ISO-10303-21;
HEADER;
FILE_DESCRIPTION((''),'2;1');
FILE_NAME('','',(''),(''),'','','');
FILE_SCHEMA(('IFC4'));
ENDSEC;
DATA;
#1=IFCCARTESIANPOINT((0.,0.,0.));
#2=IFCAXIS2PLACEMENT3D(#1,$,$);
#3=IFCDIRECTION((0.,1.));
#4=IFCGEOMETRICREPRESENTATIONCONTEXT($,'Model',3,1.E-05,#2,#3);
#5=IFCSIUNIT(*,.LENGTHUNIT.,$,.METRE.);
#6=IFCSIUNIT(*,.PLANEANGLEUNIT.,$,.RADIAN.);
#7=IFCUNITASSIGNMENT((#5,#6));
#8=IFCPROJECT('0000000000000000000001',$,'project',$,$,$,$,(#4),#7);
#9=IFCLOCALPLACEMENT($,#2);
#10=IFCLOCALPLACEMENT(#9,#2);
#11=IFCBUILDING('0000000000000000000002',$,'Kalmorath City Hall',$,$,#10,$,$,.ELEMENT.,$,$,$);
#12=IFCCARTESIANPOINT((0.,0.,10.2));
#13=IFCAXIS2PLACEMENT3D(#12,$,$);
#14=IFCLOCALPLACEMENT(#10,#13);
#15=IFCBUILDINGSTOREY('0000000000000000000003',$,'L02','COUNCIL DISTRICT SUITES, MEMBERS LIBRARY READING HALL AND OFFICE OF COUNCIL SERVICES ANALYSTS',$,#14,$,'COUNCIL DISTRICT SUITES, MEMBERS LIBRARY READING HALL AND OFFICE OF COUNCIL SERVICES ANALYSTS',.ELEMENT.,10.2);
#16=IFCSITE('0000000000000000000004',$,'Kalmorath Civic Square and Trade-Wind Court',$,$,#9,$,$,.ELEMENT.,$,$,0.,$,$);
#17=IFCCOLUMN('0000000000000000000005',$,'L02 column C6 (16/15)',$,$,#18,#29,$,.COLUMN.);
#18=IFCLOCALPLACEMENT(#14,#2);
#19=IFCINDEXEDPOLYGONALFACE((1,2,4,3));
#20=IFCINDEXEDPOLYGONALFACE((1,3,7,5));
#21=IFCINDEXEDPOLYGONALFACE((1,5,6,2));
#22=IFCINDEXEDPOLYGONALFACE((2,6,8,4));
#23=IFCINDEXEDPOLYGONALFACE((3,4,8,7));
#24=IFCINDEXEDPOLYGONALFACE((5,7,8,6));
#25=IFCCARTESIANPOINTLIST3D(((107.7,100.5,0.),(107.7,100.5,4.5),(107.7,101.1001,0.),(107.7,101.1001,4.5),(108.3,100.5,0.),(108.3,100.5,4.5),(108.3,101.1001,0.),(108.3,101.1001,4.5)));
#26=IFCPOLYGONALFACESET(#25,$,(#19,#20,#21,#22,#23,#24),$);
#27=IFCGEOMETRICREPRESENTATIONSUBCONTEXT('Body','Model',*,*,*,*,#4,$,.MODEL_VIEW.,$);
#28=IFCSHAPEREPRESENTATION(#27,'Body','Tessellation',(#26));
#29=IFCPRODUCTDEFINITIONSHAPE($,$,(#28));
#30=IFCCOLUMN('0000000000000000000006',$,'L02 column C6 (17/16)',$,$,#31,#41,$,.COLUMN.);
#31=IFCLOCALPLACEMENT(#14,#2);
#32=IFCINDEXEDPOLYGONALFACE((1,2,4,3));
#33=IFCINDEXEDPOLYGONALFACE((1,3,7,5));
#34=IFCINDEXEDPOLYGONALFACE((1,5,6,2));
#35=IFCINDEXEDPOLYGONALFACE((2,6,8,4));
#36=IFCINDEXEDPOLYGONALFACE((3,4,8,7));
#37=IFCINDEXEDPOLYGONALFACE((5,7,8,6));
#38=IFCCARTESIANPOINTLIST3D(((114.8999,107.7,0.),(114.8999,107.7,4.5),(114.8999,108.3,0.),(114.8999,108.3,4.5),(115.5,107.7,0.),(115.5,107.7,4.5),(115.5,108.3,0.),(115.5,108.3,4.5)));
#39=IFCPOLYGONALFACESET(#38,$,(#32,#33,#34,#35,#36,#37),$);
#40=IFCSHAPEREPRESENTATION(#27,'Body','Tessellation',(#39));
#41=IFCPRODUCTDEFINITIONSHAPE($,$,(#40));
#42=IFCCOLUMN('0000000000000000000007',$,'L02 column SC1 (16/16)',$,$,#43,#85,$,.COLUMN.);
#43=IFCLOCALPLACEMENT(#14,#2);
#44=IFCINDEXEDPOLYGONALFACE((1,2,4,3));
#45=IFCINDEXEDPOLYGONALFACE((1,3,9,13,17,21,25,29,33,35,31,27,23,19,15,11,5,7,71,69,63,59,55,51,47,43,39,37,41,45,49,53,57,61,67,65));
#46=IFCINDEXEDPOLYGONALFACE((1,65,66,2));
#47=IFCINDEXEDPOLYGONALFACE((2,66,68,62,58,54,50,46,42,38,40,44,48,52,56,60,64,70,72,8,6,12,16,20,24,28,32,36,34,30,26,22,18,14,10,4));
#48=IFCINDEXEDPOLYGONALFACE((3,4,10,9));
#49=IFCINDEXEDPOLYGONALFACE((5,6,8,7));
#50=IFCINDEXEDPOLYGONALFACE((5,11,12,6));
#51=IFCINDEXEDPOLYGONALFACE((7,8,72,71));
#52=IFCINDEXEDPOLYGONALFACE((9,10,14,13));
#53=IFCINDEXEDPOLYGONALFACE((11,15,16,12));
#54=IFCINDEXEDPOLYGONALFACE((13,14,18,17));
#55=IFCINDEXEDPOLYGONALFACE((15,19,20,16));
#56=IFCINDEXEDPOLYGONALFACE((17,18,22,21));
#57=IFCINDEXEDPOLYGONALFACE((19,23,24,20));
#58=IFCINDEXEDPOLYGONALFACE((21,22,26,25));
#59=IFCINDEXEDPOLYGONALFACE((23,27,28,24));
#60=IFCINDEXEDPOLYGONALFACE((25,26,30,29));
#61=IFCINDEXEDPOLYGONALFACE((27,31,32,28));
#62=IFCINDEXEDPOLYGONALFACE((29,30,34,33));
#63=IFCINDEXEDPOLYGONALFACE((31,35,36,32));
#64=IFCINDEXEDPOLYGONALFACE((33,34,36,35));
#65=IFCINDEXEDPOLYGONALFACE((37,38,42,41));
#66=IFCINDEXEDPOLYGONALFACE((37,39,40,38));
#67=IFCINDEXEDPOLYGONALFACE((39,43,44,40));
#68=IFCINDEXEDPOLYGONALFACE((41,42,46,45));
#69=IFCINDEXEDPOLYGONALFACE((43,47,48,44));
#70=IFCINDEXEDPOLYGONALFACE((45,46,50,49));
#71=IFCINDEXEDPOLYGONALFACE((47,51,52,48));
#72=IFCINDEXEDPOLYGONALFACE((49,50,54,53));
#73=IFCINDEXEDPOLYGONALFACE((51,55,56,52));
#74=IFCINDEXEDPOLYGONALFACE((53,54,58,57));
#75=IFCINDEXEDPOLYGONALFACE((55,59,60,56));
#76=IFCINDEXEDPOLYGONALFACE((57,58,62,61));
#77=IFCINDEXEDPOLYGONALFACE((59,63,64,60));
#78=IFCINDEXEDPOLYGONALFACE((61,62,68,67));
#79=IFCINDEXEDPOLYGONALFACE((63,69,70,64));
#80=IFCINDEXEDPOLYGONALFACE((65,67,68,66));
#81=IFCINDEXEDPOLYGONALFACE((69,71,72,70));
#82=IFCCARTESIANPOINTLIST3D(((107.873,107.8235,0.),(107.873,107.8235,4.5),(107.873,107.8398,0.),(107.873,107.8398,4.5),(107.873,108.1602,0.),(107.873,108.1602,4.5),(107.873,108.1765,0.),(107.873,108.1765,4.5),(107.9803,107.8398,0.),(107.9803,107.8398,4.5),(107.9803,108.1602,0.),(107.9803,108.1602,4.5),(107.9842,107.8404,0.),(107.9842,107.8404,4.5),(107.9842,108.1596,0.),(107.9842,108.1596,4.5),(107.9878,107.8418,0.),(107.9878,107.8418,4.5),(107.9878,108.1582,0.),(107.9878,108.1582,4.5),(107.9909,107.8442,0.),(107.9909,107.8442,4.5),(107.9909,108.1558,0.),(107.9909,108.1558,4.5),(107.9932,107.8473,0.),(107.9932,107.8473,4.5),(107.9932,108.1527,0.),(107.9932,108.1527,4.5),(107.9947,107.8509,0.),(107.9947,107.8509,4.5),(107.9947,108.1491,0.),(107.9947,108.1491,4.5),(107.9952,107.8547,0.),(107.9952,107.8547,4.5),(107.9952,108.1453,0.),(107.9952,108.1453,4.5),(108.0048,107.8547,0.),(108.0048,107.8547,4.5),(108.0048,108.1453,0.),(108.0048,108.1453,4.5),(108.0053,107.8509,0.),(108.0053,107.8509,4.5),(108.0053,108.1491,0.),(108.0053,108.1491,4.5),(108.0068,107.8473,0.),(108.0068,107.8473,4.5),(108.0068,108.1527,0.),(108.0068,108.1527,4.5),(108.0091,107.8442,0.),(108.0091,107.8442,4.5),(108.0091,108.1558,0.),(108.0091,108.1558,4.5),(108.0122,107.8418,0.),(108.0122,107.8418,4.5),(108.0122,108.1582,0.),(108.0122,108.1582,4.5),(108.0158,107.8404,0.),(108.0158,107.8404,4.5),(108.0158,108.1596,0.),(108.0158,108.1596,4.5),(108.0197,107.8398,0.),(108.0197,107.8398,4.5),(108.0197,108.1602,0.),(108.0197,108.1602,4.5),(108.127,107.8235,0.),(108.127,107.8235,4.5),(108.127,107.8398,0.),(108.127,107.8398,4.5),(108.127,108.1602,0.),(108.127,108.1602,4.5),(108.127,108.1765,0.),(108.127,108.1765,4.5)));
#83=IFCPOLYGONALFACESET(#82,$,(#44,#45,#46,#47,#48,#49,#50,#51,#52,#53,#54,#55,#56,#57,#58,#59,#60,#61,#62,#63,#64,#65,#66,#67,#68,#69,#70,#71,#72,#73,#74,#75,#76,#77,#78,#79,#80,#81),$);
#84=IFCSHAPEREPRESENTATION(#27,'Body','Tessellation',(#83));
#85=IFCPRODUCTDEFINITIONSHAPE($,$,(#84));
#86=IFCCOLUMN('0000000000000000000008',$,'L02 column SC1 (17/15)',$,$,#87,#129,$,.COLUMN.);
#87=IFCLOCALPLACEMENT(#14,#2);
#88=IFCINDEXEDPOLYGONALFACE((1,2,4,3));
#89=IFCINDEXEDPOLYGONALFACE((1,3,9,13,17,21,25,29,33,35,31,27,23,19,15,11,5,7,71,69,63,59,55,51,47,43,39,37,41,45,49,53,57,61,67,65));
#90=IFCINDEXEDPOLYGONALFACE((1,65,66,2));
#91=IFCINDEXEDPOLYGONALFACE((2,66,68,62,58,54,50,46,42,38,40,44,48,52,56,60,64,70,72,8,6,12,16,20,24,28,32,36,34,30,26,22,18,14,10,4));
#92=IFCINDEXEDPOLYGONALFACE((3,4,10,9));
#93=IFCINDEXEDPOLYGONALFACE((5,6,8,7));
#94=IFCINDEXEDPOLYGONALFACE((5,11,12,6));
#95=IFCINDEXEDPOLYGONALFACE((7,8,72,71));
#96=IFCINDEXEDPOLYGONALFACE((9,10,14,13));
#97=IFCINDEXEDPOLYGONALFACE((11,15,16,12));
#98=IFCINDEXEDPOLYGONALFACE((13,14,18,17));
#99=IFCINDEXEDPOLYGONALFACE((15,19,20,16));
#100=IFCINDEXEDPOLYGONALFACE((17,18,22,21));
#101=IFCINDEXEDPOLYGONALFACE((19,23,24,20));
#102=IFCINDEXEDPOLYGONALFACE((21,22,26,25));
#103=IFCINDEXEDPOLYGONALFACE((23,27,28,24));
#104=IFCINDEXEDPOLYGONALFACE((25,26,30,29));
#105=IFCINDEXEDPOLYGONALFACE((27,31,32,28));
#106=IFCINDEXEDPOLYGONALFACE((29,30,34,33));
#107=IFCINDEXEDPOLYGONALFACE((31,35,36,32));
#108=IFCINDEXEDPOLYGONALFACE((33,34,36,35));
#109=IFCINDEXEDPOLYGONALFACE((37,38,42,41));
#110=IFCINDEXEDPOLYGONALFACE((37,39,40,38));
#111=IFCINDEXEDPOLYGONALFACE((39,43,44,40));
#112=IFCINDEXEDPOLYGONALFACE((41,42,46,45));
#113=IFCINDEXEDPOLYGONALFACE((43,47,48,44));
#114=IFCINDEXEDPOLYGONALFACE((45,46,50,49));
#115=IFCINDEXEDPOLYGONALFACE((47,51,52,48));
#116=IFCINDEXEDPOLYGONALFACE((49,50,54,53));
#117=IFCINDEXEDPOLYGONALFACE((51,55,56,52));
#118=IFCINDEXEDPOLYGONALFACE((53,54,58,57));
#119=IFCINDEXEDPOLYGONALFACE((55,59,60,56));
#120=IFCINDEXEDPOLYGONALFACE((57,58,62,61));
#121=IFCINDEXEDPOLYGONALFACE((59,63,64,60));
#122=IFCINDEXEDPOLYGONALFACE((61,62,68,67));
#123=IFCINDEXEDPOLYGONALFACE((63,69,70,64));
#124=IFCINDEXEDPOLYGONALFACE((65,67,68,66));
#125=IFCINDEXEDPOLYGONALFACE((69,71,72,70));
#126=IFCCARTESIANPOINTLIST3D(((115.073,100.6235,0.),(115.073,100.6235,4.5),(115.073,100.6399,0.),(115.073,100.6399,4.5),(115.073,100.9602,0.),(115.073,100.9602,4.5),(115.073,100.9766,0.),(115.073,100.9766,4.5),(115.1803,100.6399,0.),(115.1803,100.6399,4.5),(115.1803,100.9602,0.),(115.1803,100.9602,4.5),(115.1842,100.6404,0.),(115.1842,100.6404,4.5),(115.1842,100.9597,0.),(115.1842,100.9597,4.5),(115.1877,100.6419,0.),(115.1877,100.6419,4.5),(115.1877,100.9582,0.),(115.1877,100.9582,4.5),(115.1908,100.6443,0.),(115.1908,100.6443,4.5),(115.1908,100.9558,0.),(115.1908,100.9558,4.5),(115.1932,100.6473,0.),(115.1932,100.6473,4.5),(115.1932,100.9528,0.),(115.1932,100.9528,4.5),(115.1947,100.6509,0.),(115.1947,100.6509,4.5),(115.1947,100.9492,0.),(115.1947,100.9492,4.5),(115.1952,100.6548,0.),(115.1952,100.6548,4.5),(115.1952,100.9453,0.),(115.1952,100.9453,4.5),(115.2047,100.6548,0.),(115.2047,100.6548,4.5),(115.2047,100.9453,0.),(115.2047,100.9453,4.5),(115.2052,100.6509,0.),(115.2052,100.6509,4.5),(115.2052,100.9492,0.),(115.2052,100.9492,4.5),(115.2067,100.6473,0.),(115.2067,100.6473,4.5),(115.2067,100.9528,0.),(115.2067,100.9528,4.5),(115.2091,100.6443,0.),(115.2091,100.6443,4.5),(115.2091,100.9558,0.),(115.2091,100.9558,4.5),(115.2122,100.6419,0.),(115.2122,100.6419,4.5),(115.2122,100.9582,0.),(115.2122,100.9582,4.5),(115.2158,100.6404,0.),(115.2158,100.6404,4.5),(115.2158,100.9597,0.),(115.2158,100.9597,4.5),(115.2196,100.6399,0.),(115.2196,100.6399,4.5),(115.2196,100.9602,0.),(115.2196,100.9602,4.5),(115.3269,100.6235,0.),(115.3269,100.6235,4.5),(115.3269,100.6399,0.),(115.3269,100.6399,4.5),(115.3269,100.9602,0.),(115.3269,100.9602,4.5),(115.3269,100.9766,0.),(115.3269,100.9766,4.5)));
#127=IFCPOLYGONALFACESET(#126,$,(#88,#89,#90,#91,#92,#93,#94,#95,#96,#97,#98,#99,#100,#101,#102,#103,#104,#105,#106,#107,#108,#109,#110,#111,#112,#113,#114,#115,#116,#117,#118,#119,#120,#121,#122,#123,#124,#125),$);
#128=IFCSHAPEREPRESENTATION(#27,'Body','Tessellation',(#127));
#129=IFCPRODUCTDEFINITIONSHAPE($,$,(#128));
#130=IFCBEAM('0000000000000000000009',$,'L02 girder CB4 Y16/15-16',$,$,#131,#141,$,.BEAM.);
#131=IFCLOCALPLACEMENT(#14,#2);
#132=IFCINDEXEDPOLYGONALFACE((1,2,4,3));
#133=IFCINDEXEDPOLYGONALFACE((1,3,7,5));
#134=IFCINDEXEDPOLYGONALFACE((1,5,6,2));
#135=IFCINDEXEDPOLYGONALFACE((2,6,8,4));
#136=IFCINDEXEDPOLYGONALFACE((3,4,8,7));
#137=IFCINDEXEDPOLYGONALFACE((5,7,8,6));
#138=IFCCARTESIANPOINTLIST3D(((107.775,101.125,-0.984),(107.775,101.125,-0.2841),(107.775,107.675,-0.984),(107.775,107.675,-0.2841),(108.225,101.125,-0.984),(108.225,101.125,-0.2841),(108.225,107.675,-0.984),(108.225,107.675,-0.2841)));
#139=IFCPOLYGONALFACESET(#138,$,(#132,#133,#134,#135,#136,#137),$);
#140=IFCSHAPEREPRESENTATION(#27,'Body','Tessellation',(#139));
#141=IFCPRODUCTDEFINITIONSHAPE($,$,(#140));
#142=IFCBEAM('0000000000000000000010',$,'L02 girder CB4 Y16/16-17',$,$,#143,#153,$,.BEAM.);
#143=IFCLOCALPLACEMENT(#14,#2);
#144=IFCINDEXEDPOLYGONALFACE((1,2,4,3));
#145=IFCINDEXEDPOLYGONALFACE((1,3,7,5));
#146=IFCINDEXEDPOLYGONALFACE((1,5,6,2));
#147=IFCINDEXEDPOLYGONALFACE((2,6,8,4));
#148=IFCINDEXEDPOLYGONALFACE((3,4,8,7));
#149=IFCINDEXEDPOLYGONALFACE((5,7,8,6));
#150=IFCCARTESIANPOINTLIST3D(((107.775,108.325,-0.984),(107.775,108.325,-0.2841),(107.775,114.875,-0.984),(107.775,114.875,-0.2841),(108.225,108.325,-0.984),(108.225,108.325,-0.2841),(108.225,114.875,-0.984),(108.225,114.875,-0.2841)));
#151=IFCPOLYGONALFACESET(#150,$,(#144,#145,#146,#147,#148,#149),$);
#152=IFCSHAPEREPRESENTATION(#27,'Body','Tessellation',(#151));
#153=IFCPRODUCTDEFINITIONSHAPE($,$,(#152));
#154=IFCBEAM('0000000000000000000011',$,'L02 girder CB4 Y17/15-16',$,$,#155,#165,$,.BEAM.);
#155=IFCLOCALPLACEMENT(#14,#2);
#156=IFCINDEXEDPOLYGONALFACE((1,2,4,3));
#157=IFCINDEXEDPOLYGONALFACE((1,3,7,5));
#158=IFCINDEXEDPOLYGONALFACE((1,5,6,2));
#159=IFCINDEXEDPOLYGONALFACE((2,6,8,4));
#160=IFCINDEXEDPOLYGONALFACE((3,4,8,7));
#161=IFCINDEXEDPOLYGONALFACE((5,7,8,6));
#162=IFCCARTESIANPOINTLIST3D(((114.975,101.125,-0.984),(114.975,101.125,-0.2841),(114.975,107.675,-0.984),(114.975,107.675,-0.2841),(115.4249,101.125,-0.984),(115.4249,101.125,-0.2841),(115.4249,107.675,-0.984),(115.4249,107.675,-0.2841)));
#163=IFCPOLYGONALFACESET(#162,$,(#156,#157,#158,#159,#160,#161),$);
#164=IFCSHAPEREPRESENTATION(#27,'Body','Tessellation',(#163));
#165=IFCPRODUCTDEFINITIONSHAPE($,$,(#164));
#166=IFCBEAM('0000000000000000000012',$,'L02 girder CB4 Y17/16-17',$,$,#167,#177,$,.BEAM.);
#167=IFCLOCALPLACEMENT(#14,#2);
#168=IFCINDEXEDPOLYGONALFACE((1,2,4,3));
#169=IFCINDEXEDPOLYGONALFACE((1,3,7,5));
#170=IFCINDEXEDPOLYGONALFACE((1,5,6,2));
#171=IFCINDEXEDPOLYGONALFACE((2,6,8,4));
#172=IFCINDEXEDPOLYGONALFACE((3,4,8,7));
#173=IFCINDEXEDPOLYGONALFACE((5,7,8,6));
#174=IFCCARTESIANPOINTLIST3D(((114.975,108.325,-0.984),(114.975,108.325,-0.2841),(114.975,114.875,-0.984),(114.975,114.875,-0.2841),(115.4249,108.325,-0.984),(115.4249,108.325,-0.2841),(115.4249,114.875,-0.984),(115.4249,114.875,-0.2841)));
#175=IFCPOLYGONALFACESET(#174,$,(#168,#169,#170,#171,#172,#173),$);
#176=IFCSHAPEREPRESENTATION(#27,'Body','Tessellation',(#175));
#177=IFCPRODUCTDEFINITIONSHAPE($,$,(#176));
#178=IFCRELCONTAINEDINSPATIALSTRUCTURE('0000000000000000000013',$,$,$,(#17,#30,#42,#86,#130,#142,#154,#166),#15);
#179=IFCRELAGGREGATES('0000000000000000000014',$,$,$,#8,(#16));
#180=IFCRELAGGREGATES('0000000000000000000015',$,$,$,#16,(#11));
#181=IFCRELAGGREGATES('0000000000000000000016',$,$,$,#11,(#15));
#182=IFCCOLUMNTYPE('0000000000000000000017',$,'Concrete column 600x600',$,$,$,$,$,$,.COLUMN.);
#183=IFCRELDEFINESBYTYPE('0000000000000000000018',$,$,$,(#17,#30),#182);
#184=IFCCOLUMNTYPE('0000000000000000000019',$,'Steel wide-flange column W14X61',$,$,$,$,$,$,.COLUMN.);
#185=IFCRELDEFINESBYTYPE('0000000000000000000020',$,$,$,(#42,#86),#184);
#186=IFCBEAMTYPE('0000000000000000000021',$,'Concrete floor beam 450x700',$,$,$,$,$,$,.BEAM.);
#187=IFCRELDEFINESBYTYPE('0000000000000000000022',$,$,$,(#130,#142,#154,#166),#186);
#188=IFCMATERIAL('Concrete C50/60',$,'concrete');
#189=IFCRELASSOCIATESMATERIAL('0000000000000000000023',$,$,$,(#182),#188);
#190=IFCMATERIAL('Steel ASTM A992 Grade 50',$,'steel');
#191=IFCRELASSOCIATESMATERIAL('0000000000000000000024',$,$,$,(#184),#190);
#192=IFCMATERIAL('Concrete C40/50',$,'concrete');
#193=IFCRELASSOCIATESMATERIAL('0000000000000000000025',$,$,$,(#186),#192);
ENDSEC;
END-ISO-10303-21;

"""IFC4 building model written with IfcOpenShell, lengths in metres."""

from ifc_helpers import new_model, si_unit, direction, frame, origin, origin_2d, place, context, subcontext, project, spatial, rectangle, i_section, extrude, material, material_profile, profile_set, type_object, element, save


model = new_model("IFC4")

# Units and contexts
model_context = context("Model", 3, precision=1e-05, world=origin(), true_north=direction((0.0, 1.0)))
body_context = subcontext(model_context, "Body", "Model", "MODEL_VIEW")
ifc_project = project(units=[si_unit("LENGTHUNIT", "METRE"), si_unit("PLANEANGLEUNIT", "RADIAN")], contexts=[model_context])

# Site, building, storey
site_placement = place(None, origin())
site = spatial("IfcSite", under=ifc_project, at=site_placement, Name="Kalmorath Civic Square and Trade-Wind Court", CompositionType="ELEMENT", RefElevation=0.0)
building_placement = place(site_placement, origin())
building = spatial("IfcBuilding", under=site, at=building_placement, Name="Kalmorath City Hall", CompositionType="ELEMENT")
storey_placement = place(building_placement, frame((0.0, 0.0, 10.2)))
storey = spatial("IfcBuildingStorey", under=building, at=storey_placement, Name="L02", Description="COUNCIL DISTRICT SUITES, MEMBERS LIBRARY READING HALL AND OFFICE OF COUNCIL SERVICES ANALYSTS", LongName="COUNCIL DISTRICT SUITES, MEMBERS LIBRARY READING HALL AND OFFICE OF COUNCIL SERVICES ANALYSTS", CompositionType="ELEMENT", Elevation=10.2)

# Columns
ifc_material_1 = material(Name="Concrete C50/60", Category="concrete")
ifc_material_profile_1 = material_profile(ifc_material_1, rectangle(XDim=0.6001, YDim=0.6001, at=origin_2d()), Name="RC-COL-600X600")
ifc_profile_set_1 = profile_set([ifc_material_profile_1], Name="Concrete C50/60")
column_type_1 = type_object("IfcColumnType", Name="Concrete column 600x600", PredefinedType="COLUMN", material=ifc_profile_set_1)
for number, where, z_axis, x_axis, name in (
    (1, (108.0, 100.8, 0.0), (0.0, 0.0, 1.0), (1.0, 0.0, 0.0), "L02 column C6 (16/15)"),
    (2, (115.2, 108.0, 0.0), (0.0, 0.0, 1.0), (1.0, 0.0, 0.0), "L02 column C6 (17/16)"),
):
    element("IfcColumn", number, at=place(storey_placement, frame(where, z_axis=z_axis, x_axis=x_axis)), inside=storey, type_object=column_type_1, Name=name, PredefinedType="COLUMN", context=body_context, shape_type="SweptSolid", body=[
        extrude(rectangle(XDim=0.6001, YDim=0.6001, at=origin_2d()), origin(), (0.0, 0.0, 1.0), 4.5),
    ])
ifc_material_2 = material(Name="Steel ASTM A992 Grade 50", Category="steel")
ifc_material_profile_2 = material_profile(ifc_material_2, i_section(OverallWidth=0.2539, OverallDepth=0.353, WebThickness=0.0095, FlangeThickness=0.0164, FilletRadius=0.0149, at=origin_2d()), Name="W14X61")
ifc_profile_set_2 = profile_set([ifc_material_profile_2], Name="Steel ASTM A992 Grade 50")
column_type_2 = type_object("IfcColumnType", Name="Steel wide-flange column W14X61", PredefinedType="COLUMN", material=ifc_profile_set_2)
for number, where, z_axis, x_axis, name in (
    (3, (108.0, 108.0, 0.0), (0.0, 0.0, 1.0), (1.0, 0.0, 0.0), "L02 column SC1 (16/16)"),
    (4, (115.2, 100.8, 0.0), (0.0, 0.0, 1.0), (1.0, 0.0, 0.0), "L02 column SC1 (17/15)"),
):
    element("IfcColumn", number, at=place(storey_placement, frame(where, z_axis=z_axis, x_axis=x_axis)), inside=storey, type_object=column_type_2, Name=name, PredefinedType="COLUMN", context=body_context, shape_type="SweptSolid", body=[
        extrude(i_section(OverallWidth=0.2539, OverallDepth=0.353, WebThickness=0.0095, FlangeThickness=0.0164, FilletRadius=0.0149, at=origin_2d()), origin(), (0.0, 0.0, 1.0), 4.5),
    ])

# Beams
ifc_material_3 = material(Name="Concrete C40/50", Category="concrete")
ifc_material_profile_3 = material_profile(ifc_material_3, rectangle(XDim=0.45, YDim=0.7, at=origin_2d()), Name="RC-BM-450X700")
ifc_profile_set_3 = profile_set([ifc_material_profile_3], Name="Concrete C40/50")
beam_type_1 = type_object("IfcBeamType", Name="Concrete floor beam 450x700", PredefinedType="BEAM", material=ifc_profile_set_3)
for number, where, z_axis, x_axis, name in (
    (5, (108.0, 101.125, -0.634), (0.0, 1.0, 0.0), (-1.0, 0.0, 0.0), "L02 girder CB4 Y16/15-16"),
    (6, (108.0, 108.325, -0.634), (0.0, 1.0, 0.0), (-1.0, 0.0, 0.0), "L02 girder CB4 Y16/16-17"),
    (7, (115.2, 101.125, -0.634), (0.0, 1.0, 0.0), (-1.0, 0.0, 0.0), "L02 girder CB4 Y17/15-16"),
    (8, (115.2, 108.325, -0.634), (0.0, 1.0, 0.0), (-1.0, 0.0, 0.0), "L02 girder CB4 Y17/16-17"),
):
    element("IfcBeam", number, at=place(storey_placement, frame(where, z_axis=z_axis, x_axis=x_axis)), inside=storey, type_object=beam_type_1, Name=name, PredefinedType="BEAM", context=body_context, shape_type="SweptSolid", body=[
        extrude(rectangle(XDim=0.45, YDim=0.7, at=origin_2d()), origin(), (0.0, 0.0, 1.0), 6.55),
    ])

save(model, "model.ifc")
